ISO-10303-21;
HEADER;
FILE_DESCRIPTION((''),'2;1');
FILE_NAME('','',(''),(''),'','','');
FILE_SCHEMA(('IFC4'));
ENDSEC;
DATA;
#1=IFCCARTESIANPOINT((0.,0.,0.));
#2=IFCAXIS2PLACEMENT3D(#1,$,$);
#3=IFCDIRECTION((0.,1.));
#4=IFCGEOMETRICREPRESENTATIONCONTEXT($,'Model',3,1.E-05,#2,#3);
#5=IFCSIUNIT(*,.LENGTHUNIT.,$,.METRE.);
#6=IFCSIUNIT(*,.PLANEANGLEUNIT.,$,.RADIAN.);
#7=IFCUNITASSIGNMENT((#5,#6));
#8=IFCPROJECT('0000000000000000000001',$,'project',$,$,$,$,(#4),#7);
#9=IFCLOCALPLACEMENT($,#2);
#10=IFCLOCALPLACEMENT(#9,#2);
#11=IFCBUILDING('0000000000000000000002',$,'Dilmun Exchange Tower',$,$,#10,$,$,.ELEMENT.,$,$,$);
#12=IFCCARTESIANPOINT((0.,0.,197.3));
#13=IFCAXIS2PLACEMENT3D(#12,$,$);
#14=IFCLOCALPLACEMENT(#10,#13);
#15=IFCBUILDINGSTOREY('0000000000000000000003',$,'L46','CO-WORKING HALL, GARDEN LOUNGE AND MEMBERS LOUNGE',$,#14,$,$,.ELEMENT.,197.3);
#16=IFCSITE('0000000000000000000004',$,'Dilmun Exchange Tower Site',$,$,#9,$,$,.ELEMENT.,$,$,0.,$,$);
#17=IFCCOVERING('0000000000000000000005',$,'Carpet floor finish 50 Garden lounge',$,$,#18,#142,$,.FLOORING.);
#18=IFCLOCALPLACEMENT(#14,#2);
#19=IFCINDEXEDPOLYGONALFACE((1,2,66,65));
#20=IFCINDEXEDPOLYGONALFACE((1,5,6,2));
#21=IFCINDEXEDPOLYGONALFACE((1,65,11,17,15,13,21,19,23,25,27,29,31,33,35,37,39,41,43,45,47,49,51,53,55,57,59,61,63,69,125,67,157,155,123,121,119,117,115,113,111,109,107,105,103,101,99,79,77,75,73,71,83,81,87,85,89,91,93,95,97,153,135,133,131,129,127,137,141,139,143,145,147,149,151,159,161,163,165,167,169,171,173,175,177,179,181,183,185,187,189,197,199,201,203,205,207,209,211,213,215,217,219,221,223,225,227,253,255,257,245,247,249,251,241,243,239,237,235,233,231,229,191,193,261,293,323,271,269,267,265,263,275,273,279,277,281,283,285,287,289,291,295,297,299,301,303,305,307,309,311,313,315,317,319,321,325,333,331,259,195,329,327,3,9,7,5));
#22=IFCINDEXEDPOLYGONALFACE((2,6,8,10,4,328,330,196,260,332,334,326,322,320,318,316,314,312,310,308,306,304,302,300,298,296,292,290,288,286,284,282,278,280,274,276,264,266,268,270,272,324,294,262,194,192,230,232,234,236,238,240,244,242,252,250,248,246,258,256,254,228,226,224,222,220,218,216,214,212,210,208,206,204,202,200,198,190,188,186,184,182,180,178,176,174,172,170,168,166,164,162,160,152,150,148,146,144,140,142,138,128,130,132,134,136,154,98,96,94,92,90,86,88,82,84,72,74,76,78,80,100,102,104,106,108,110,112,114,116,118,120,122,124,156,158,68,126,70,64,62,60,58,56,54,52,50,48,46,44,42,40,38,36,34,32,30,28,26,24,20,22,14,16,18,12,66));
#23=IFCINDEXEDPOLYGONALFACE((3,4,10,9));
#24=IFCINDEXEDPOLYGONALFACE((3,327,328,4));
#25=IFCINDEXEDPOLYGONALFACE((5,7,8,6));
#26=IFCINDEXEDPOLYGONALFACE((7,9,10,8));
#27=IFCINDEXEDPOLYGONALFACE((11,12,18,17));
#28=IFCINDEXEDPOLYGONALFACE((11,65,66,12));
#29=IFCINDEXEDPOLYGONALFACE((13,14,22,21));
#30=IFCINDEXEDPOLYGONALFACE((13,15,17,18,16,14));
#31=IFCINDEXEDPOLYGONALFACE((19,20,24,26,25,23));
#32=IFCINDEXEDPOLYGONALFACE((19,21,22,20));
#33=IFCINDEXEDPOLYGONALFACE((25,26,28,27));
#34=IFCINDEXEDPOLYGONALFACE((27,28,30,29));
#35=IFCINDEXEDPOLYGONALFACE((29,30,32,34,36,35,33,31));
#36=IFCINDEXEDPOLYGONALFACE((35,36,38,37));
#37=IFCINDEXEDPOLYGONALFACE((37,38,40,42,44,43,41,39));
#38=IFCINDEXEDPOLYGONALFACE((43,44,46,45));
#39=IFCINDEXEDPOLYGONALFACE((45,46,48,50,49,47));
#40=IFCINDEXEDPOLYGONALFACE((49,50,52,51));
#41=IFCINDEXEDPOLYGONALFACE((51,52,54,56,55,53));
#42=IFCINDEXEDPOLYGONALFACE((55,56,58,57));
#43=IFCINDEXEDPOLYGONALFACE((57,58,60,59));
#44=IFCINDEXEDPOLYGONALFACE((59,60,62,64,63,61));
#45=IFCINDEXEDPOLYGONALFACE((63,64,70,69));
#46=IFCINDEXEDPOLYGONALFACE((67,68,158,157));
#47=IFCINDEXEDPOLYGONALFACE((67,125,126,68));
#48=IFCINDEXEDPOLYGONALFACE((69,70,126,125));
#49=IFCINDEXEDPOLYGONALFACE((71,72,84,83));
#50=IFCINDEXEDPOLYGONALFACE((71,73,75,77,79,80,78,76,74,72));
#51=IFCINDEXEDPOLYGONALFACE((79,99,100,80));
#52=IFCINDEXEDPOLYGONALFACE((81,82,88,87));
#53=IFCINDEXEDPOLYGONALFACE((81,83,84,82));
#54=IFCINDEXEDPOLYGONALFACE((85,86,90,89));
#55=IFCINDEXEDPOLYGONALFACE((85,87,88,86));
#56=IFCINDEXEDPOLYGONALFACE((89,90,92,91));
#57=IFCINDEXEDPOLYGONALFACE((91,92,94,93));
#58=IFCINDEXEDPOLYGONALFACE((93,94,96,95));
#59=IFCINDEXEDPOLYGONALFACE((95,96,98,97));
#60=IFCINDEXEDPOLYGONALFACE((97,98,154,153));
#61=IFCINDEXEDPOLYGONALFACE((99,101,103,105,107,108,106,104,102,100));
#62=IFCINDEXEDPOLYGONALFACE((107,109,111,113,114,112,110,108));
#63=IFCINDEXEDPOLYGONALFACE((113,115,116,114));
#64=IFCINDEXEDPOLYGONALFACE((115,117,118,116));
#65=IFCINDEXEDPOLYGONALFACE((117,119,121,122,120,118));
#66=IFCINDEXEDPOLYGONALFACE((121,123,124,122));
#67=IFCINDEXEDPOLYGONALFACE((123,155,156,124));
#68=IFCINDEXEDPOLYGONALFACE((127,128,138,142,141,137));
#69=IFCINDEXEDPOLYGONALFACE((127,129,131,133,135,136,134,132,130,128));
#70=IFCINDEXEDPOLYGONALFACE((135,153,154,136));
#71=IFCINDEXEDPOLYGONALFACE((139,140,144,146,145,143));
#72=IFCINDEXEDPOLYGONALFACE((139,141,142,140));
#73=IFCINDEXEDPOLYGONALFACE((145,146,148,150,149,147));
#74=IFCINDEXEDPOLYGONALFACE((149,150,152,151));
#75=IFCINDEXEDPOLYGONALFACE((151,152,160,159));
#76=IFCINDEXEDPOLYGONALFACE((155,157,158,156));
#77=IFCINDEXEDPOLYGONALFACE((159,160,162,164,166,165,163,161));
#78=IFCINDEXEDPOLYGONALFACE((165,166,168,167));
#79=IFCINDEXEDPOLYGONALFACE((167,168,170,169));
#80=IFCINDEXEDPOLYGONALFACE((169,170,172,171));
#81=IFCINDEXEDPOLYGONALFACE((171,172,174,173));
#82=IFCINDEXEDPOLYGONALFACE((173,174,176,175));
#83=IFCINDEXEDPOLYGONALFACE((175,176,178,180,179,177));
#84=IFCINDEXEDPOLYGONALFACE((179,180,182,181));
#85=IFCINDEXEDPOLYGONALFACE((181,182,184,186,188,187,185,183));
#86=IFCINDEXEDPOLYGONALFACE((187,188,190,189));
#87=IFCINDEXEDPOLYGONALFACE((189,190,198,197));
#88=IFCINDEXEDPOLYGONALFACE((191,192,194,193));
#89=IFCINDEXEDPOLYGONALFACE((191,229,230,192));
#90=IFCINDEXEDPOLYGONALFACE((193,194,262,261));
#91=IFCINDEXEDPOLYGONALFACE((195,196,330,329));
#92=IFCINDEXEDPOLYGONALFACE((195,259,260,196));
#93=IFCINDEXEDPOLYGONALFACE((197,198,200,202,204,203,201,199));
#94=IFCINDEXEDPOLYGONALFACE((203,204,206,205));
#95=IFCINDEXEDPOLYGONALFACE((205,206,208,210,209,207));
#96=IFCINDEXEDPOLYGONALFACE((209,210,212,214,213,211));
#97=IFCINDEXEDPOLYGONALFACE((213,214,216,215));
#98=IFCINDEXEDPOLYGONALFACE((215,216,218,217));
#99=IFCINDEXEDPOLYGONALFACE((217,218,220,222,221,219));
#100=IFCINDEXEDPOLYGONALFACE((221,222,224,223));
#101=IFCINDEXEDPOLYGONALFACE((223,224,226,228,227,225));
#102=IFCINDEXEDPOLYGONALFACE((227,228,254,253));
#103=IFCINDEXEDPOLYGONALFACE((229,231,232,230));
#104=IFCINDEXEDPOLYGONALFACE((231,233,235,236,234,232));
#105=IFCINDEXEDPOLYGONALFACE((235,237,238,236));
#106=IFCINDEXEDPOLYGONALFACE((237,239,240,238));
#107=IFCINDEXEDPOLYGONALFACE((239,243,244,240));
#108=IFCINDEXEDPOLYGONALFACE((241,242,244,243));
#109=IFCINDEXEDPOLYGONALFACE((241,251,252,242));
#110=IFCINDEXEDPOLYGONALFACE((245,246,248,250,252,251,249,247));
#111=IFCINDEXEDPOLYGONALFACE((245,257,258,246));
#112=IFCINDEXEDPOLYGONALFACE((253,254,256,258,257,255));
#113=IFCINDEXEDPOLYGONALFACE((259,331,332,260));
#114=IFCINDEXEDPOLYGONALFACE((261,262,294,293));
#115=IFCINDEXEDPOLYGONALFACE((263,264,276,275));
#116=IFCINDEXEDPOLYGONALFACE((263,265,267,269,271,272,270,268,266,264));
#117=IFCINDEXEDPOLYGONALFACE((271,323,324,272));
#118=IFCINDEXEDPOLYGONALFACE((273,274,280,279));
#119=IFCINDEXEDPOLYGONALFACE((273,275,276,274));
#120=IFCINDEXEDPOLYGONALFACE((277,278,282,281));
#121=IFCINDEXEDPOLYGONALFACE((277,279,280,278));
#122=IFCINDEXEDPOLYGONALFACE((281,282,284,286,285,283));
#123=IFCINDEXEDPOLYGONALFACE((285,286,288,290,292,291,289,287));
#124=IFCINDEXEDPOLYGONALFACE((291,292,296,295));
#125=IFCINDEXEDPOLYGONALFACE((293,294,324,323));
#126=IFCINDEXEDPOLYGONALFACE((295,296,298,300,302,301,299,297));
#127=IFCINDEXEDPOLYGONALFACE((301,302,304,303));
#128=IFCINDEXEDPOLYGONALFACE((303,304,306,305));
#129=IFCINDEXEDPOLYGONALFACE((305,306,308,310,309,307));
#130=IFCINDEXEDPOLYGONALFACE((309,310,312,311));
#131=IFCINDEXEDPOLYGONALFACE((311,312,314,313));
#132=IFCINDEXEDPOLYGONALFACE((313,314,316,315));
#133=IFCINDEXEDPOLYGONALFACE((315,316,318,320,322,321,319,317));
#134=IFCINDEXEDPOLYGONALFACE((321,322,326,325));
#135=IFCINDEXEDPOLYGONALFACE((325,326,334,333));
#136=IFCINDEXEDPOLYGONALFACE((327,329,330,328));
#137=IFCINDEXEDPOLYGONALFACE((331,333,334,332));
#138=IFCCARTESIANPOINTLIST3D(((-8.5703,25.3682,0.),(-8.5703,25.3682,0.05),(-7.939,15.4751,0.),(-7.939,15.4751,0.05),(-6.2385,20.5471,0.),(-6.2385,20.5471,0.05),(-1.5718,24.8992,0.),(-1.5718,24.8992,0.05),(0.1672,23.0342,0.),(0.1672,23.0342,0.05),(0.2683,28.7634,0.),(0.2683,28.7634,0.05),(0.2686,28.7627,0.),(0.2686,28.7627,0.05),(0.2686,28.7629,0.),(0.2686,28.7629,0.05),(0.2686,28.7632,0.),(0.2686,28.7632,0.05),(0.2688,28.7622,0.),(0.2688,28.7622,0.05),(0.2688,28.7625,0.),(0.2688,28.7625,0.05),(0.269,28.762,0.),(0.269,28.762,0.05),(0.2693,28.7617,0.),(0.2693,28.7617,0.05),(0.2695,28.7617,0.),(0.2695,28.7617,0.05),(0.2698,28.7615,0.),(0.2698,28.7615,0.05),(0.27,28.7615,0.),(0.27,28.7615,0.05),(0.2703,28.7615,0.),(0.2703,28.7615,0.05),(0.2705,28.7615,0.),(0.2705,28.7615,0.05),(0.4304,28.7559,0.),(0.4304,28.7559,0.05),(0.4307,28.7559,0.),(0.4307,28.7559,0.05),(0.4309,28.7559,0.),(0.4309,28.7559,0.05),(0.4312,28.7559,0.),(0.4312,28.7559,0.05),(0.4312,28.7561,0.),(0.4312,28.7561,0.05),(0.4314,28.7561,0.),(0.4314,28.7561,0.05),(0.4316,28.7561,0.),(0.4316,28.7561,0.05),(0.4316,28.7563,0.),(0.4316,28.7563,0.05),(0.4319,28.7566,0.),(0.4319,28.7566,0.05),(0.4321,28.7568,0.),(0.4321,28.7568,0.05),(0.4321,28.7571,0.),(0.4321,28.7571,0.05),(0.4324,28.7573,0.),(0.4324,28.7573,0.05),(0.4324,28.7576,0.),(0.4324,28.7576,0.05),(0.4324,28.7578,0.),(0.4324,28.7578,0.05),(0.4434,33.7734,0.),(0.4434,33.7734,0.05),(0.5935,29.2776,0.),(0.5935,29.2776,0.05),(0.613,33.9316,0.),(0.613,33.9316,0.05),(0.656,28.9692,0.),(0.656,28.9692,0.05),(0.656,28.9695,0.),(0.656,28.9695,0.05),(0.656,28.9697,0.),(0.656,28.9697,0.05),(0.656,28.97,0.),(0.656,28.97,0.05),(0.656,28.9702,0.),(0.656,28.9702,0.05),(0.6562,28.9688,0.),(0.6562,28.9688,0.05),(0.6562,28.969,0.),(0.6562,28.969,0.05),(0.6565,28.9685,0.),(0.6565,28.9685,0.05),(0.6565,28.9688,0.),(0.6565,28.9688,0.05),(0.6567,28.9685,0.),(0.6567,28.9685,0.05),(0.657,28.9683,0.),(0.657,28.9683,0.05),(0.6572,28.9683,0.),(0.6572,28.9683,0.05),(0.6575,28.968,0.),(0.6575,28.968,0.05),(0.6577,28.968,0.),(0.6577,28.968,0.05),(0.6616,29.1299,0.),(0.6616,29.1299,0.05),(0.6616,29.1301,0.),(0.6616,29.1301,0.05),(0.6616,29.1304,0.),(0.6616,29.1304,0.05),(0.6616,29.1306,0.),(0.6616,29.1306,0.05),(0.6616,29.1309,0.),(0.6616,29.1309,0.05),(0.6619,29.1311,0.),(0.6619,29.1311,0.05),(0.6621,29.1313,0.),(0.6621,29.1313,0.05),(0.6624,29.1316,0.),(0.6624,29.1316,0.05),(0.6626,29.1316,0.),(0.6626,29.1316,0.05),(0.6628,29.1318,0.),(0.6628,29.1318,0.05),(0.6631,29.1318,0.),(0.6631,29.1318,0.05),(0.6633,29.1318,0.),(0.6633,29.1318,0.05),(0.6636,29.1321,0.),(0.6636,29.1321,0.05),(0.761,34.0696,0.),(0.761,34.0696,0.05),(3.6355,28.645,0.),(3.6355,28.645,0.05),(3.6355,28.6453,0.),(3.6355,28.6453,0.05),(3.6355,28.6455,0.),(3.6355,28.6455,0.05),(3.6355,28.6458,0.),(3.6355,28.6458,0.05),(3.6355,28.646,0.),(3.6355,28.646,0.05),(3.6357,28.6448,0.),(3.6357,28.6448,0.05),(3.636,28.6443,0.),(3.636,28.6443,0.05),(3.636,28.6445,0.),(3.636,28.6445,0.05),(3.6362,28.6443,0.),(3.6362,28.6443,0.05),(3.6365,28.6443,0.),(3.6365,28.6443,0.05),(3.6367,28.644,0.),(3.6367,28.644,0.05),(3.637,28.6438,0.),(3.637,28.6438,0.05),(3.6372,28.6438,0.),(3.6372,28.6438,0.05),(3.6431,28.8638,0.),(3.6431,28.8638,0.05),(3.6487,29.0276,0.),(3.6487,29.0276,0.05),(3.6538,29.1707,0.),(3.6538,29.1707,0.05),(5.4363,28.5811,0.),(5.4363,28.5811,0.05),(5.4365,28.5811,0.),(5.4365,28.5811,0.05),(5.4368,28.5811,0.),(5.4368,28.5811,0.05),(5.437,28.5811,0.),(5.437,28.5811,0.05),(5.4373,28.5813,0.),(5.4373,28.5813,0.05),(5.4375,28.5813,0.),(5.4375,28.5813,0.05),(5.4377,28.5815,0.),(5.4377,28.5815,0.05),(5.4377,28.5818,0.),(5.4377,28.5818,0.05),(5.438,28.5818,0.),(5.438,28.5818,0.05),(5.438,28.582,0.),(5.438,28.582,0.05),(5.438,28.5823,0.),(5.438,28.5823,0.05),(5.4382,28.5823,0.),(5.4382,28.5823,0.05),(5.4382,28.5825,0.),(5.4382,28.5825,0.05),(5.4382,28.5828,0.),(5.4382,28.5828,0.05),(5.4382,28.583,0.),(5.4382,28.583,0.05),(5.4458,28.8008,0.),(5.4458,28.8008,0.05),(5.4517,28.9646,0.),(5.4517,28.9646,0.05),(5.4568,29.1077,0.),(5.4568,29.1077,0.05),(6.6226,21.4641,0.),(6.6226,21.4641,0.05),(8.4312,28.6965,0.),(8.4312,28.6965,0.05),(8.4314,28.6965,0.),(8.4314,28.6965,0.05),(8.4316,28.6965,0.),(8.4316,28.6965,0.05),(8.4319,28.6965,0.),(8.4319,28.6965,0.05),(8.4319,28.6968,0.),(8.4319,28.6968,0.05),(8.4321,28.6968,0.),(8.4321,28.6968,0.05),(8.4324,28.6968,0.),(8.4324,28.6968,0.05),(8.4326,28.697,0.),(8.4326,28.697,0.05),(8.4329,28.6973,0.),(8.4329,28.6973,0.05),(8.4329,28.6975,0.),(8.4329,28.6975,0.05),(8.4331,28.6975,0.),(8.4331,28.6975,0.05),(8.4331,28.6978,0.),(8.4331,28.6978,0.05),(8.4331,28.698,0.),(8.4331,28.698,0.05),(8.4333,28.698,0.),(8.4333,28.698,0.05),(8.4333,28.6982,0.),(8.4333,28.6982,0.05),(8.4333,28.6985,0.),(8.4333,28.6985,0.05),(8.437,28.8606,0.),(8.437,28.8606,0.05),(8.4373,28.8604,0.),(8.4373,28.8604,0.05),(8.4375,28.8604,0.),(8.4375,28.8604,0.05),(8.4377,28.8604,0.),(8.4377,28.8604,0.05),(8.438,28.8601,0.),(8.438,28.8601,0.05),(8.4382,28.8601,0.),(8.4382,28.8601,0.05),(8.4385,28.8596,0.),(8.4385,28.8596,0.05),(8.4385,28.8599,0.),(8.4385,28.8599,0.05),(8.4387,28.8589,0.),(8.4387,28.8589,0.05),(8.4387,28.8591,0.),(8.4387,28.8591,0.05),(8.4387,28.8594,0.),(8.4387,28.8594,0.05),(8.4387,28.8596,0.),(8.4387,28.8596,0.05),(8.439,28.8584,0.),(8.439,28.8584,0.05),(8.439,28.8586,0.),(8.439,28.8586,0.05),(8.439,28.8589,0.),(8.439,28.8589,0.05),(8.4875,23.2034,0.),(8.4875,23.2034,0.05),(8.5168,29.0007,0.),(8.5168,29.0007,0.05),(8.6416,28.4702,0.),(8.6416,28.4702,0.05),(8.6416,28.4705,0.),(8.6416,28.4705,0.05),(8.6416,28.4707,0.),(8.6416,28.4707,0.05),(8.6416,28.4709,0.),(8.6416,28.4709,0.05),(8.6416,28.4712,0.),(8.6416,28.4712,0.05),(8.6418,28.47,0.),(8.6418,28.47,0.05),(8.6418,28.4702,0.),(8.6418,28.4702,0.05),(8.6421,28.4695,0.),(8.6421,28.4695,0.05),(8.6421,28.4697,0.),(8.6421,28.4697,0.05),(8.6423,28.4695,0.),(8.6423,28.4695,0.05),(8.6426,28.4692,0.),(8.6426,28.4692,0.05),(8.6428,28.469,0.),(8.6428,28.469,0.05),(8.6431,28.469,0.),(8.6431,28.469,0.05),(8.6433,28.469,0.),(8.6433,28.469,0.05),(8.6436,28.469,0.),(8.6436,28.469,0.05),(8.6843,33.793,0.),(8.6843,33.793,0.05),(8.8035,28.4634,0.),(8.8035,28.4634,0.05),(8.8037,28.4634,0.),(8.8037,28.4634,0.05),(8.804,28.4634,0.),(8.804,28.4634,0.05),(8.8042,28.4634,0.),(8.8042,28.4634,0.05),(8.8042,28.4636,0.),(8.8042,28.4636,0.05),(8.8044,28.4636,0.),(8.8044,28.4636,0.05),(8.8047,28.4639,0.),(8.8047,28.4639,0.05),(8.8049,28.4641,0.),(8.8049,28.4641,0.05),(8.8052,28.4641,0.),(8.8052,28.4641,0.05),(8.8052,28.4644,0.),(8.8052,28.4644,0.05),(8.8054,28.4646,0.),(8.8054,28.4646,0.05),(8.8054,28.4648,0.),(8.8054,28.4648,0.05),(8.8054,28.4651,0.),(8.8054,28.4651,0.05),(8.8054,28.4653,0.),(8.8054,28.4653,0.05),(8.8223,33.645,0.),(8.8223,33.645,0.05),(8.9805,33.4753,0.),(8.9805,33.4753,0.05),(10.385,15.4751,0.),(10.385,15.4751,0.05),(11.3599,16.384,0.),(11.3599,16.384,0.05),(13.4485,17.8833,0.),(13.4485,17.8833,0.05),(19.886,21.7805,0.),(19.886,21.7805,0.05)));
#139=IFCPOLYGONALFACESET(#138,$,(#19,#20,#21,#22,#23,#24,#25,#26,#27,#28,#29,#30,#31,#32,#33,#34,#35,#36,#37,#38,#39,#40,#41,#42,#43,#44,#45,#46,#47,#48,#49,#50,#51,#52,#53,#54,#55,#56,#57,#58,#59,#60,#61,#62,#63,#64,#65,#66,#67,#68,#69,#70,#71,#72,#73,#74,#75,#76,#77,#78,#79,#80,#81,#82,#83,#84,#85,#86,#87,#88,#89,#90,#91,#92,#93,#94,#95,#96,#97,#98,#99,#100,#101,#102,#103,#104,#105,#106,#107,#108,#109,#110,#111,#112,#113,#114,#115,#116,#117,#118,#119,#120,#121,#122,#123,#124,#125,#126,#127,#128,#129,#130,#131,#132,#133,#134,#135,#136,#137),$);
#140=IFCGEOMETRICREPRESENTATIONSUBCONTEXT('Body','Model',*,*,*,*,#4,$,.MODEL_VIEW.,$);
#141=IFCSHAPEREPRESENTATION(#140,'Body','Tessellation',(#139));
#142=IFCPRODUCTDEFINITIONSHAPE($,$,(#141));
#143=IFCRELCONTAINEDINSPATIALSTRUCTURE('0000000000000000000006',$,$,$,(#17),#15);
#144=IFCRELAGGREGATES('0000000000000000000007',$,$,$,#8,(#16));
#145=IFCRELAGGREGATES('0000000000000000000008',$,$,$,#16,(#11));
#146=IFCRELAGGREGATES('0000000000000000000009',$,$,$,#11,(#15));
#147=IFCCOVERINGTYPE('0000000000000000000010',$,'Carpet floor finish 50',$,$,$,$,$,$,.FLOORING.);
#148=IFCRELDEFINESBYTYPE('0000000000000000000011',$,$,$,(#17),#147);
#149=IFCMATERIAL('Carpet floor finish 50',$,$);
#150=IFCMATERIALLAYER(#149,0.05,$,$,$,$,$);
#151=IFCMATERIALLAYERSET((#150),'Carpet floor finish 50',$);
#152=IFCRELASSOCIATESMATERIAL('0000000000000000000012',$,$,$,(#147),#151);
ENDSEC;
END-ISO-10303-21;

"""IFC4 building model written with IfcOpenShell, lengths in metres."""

from ifc_helpers import new_model, si_unit, direction, frame, origin, place, context, subcontext, project, spatial, polyline, outline, extrude, material, layer, layer_set, type_object, element, save


model = new_model("IFC4")

# Units and contexts
model_context = context("Model", 3, precision=1e-05, world=origin(), true_north=direction((0.0, 1.0)))
body_context = subcontext(model_context, "Body", "Model", "MODEL_VIEW")
ifc_project = project(units=[si_unit("LENGTHUNIT", "METRE"), si_unit("PLANEANGLEUNIT", "RADIAN")], contexts=[model_context])

# Site, building, storey
site_placement = place(None, origin())
site = spatial("IfcSite", under=ifc_project, at=site_placement, Name="Dilmun Exchange Tower Site", CompositionType="ELEMENT", RefElevation=0.0)
building_placement = place(site_placement, origin())
building = spatial("IfcBuilding", under=site, at=building_placement, Name="Dilmun Exchange Tower", CompositionType="ELEMENT")
storey_placement = place(building_placement, frame((0.0, 0.0, 197.3)))
storey = spatial("IfcBuildingStorey", under=building, at=storey_placement, Name="L46", Description="CO-WORKING HALL, GARDEN LOUNGE AND MEMBERS LOUNGE", CompositionType="ELEMENT", Elevation=197.3)

# Covering
ifc_material_1 = material(Name="Carpet floor finish 50")
ifc_layer_1 = layer(ifc_material_1, 0.05)
ifc_layer_set_1 = layer_set([ifc_layer_1], Name="Carpet floor finish 50")
covering_type_1 = type_object("IfcCoveringType", Name="Carpet floor finish 50", PredefinedType="FLOORING", material=ifc_layer_set_1)
covering_1_placement = place(storey_placement, origin())
element("IfcCovering", 1, at=covering_1_placement, inside=storey, type_object=covering_type_1, Name="Carpet floor finish 50 Garden lounge", PredefinedType="FLOORING", context=body_context, shape_type="SweptSolid", body=[
    extrude(outline(polyline([(-1.5718, 24.8992), (-6.2385, 20.5471), (-8.5703, 25.3682), (0.4434, 33.7734), (0.2683, 28.7634), (0.2686, 28.7632), (0.2686, 28.7632), (0.2686, 28.7629), (0.2686, 28.7627), (0.2688, 28.7625), (0.2688, 28.7622), (0.2688, 28.7622), (0.269, 28.762), (0.269, 28.762), (0.2693, 28.7617), (0.2693, 28.7617), (0.2695, 28.7617), (0.2698, 28.7615), (0.27, 28.7615), (0.2703, 28.7615), (0.2705, 28.7615), (0.4304, 28.7559), (0.4304, 28.7559), (0.4307, 28.7559), (0.4309, 28.7559), (0.4312, 28.7559), (0.4312, 28.7561), (0.4314, 28.7561), (0.4316, 28.7561), (0.4316, 28.7563), (0.4319, 28.7566), (0.4319, 28.7566), (0.4321, 28.7568), (0.4321, 28.7571), (0.4321, 28.7571), (0.4324, 28.7573), (0.4324, 28.7576), (0.4324, 28.7578), (0.613, 33.9316), (0.761, 34.0696), (0.5935, 29.2776), (3.6538, 29.1707), (3.6487, 29.0276), (0.6636, 29.1321), (0.6633, 29.1318), (0.6631, 29.1318), (0.6631, 29.1318), (0.6628, 29.1318), (0.6626, 29.1316), (0.6624, 29.1316), (0.6624, 29.1316), (0.6621, 29.1313), (0.6621, 29.1313), (0.6619, 29.1311), (0.6619, 29.1311), (0.6616, 29.1309), (0.6616, 29.1306), (0.6616, 29.1304), (0.6616, 29.1301), (0.6616, 29.1299), (0.656, 28.9702), (0.656, 28.97), (0.656, 28.9697), (0.656, 28.9695), (0.656, 28.9692), (0.656, 28.9692), (0.6562, 28.969), (0.6562, 28.9688), (0.6565, 28.9688), (0.6565, 28.9685), (0.6567, 28.9685), (0.657, 28.9683), (0.657, 28.9683), (0.6572, 28.9683), (0.6575, 28.968), (0.6577, 28.968), (0.6577, 28.968), (3.6431, 28.8638), (3.6355, 28.646), (3.6355, 28.6458), (3.6355, 28.6455), (3.6355, 28.6455), (3.6355, 28.6453), (3.6355, 28.645), (3.6357, 28.6448), (3.6357, 28.6448), (3.636, 28.6445), (3.636, 28.6443), (3.6362, 28.6443), (3.6365, 28.6443), (3.6367, 28.644), (3.6367, 28.644), (3.637, 28.6438), (3.6372, 28.6438), (3.6372, 28.6438), (5.4363, 28.5811), (5.4363, 28.5811), (5.4365, 28.5811), (5.4368, 28.5811), (5.437, 28.5811), (5.4373, 28.5813), (5.4375, 28.5813), (5.4375, 28.5813), (5.4377, 28.5815), (5.4377, 28.5818), (5.438, 28.5818), (5.438, 28.582), (5.438, 28.5823), (5.4382, 28.5823), (5.4382, 28.5825), (5.4382, 28.5828), (5.4382, 28.583), (5.4458, 28.8008), (8.4312, 28.6965), (8.4314, 28.6965), (8.4316, 28.6965), (8.4319, 28.6965), (8.4319, 28.6968), (8.4321, 28.6968), (8.4324, 28.6968), (8.4326, 28.697), (8.4326, 28.697), (8.4329, 28.6973), (8.4329, 28.6975), (8.4331, 28.6975), (8.4331, 28.6978), (8.4331, 28.698), (8.4333, 28.698), (8.4333, 28.6982), (8.4333, 28.6985), (8.439, 28.8584), (8.439, 28.8586), (8.439, 28.8589), (8.4387, 28.8589), (8.4387, 28.8591), (8.4387, 28.8594), (8.4387, 28.8596), (8.4385, 28.8596), (8.4385, 28.8599), (8.4382, 28.8601), (8.438, 28.8601), (8.438, 28.8601), (8.4377, 28.8604), (8.4375, 28.8604), (8.4373, 28.8604), (8.4373, 28.8604), (8.437, 28.8606), (5.4517, 28.9646), (5.4568, 29.1077), (8.5168, 29.0007), (8.6843, 33.793), (8.8223, 33.645), (8.6416, 28.4712), (8.6416, 28.4709), (8.6416, 28.4707), (8.6416, 28.4705), (8.6416, 28.4702), (8.6418, 28.4702), (8.6418, 28.47), (8.6421, 28.4697), (8.6421, 28.4695), (8.6421, 28.4695), (8.6423, 28.4695), (8.6426, 28.4692), (8.6426, 28.4692), (8.6428, 28.469), (8.6431, 28.469), (8.6433, 28.469), (8.6436, 28.469), (8.8035, 28.4634), (8.8037, 28.4634), (8.8037, 28.4634), (8.804, 28.4634), (8.8042, 28.4634), (8.8042, 28.4636), (8.8044, 28.4636), (8.8047, 28.4639), (8.8047, 28.4639), (8.8049, 28.4641), (8.8052, 28.4641), (8.8052, 28.4644), (8.8054, 28.4646), (8.8054, 28.4648), (8.8054, 28.4648), (8.8054, 28.4651), (8.8054, 28.4653), (8.9805, 33.4753), (19.886, 21.7805), (13.4485, 17.8833), (8.4875, 23.2034), (6.6226, 21.4641), (11.3599, 16.384), (10.385, 15.4751), (-7.939, 15.4751), (0.1672, 23.0342), (-1.5718, 24.8992)])), origin(), (0.0, 0.0, 1.0), 0.05),
])

save(model, "model.ifc")
